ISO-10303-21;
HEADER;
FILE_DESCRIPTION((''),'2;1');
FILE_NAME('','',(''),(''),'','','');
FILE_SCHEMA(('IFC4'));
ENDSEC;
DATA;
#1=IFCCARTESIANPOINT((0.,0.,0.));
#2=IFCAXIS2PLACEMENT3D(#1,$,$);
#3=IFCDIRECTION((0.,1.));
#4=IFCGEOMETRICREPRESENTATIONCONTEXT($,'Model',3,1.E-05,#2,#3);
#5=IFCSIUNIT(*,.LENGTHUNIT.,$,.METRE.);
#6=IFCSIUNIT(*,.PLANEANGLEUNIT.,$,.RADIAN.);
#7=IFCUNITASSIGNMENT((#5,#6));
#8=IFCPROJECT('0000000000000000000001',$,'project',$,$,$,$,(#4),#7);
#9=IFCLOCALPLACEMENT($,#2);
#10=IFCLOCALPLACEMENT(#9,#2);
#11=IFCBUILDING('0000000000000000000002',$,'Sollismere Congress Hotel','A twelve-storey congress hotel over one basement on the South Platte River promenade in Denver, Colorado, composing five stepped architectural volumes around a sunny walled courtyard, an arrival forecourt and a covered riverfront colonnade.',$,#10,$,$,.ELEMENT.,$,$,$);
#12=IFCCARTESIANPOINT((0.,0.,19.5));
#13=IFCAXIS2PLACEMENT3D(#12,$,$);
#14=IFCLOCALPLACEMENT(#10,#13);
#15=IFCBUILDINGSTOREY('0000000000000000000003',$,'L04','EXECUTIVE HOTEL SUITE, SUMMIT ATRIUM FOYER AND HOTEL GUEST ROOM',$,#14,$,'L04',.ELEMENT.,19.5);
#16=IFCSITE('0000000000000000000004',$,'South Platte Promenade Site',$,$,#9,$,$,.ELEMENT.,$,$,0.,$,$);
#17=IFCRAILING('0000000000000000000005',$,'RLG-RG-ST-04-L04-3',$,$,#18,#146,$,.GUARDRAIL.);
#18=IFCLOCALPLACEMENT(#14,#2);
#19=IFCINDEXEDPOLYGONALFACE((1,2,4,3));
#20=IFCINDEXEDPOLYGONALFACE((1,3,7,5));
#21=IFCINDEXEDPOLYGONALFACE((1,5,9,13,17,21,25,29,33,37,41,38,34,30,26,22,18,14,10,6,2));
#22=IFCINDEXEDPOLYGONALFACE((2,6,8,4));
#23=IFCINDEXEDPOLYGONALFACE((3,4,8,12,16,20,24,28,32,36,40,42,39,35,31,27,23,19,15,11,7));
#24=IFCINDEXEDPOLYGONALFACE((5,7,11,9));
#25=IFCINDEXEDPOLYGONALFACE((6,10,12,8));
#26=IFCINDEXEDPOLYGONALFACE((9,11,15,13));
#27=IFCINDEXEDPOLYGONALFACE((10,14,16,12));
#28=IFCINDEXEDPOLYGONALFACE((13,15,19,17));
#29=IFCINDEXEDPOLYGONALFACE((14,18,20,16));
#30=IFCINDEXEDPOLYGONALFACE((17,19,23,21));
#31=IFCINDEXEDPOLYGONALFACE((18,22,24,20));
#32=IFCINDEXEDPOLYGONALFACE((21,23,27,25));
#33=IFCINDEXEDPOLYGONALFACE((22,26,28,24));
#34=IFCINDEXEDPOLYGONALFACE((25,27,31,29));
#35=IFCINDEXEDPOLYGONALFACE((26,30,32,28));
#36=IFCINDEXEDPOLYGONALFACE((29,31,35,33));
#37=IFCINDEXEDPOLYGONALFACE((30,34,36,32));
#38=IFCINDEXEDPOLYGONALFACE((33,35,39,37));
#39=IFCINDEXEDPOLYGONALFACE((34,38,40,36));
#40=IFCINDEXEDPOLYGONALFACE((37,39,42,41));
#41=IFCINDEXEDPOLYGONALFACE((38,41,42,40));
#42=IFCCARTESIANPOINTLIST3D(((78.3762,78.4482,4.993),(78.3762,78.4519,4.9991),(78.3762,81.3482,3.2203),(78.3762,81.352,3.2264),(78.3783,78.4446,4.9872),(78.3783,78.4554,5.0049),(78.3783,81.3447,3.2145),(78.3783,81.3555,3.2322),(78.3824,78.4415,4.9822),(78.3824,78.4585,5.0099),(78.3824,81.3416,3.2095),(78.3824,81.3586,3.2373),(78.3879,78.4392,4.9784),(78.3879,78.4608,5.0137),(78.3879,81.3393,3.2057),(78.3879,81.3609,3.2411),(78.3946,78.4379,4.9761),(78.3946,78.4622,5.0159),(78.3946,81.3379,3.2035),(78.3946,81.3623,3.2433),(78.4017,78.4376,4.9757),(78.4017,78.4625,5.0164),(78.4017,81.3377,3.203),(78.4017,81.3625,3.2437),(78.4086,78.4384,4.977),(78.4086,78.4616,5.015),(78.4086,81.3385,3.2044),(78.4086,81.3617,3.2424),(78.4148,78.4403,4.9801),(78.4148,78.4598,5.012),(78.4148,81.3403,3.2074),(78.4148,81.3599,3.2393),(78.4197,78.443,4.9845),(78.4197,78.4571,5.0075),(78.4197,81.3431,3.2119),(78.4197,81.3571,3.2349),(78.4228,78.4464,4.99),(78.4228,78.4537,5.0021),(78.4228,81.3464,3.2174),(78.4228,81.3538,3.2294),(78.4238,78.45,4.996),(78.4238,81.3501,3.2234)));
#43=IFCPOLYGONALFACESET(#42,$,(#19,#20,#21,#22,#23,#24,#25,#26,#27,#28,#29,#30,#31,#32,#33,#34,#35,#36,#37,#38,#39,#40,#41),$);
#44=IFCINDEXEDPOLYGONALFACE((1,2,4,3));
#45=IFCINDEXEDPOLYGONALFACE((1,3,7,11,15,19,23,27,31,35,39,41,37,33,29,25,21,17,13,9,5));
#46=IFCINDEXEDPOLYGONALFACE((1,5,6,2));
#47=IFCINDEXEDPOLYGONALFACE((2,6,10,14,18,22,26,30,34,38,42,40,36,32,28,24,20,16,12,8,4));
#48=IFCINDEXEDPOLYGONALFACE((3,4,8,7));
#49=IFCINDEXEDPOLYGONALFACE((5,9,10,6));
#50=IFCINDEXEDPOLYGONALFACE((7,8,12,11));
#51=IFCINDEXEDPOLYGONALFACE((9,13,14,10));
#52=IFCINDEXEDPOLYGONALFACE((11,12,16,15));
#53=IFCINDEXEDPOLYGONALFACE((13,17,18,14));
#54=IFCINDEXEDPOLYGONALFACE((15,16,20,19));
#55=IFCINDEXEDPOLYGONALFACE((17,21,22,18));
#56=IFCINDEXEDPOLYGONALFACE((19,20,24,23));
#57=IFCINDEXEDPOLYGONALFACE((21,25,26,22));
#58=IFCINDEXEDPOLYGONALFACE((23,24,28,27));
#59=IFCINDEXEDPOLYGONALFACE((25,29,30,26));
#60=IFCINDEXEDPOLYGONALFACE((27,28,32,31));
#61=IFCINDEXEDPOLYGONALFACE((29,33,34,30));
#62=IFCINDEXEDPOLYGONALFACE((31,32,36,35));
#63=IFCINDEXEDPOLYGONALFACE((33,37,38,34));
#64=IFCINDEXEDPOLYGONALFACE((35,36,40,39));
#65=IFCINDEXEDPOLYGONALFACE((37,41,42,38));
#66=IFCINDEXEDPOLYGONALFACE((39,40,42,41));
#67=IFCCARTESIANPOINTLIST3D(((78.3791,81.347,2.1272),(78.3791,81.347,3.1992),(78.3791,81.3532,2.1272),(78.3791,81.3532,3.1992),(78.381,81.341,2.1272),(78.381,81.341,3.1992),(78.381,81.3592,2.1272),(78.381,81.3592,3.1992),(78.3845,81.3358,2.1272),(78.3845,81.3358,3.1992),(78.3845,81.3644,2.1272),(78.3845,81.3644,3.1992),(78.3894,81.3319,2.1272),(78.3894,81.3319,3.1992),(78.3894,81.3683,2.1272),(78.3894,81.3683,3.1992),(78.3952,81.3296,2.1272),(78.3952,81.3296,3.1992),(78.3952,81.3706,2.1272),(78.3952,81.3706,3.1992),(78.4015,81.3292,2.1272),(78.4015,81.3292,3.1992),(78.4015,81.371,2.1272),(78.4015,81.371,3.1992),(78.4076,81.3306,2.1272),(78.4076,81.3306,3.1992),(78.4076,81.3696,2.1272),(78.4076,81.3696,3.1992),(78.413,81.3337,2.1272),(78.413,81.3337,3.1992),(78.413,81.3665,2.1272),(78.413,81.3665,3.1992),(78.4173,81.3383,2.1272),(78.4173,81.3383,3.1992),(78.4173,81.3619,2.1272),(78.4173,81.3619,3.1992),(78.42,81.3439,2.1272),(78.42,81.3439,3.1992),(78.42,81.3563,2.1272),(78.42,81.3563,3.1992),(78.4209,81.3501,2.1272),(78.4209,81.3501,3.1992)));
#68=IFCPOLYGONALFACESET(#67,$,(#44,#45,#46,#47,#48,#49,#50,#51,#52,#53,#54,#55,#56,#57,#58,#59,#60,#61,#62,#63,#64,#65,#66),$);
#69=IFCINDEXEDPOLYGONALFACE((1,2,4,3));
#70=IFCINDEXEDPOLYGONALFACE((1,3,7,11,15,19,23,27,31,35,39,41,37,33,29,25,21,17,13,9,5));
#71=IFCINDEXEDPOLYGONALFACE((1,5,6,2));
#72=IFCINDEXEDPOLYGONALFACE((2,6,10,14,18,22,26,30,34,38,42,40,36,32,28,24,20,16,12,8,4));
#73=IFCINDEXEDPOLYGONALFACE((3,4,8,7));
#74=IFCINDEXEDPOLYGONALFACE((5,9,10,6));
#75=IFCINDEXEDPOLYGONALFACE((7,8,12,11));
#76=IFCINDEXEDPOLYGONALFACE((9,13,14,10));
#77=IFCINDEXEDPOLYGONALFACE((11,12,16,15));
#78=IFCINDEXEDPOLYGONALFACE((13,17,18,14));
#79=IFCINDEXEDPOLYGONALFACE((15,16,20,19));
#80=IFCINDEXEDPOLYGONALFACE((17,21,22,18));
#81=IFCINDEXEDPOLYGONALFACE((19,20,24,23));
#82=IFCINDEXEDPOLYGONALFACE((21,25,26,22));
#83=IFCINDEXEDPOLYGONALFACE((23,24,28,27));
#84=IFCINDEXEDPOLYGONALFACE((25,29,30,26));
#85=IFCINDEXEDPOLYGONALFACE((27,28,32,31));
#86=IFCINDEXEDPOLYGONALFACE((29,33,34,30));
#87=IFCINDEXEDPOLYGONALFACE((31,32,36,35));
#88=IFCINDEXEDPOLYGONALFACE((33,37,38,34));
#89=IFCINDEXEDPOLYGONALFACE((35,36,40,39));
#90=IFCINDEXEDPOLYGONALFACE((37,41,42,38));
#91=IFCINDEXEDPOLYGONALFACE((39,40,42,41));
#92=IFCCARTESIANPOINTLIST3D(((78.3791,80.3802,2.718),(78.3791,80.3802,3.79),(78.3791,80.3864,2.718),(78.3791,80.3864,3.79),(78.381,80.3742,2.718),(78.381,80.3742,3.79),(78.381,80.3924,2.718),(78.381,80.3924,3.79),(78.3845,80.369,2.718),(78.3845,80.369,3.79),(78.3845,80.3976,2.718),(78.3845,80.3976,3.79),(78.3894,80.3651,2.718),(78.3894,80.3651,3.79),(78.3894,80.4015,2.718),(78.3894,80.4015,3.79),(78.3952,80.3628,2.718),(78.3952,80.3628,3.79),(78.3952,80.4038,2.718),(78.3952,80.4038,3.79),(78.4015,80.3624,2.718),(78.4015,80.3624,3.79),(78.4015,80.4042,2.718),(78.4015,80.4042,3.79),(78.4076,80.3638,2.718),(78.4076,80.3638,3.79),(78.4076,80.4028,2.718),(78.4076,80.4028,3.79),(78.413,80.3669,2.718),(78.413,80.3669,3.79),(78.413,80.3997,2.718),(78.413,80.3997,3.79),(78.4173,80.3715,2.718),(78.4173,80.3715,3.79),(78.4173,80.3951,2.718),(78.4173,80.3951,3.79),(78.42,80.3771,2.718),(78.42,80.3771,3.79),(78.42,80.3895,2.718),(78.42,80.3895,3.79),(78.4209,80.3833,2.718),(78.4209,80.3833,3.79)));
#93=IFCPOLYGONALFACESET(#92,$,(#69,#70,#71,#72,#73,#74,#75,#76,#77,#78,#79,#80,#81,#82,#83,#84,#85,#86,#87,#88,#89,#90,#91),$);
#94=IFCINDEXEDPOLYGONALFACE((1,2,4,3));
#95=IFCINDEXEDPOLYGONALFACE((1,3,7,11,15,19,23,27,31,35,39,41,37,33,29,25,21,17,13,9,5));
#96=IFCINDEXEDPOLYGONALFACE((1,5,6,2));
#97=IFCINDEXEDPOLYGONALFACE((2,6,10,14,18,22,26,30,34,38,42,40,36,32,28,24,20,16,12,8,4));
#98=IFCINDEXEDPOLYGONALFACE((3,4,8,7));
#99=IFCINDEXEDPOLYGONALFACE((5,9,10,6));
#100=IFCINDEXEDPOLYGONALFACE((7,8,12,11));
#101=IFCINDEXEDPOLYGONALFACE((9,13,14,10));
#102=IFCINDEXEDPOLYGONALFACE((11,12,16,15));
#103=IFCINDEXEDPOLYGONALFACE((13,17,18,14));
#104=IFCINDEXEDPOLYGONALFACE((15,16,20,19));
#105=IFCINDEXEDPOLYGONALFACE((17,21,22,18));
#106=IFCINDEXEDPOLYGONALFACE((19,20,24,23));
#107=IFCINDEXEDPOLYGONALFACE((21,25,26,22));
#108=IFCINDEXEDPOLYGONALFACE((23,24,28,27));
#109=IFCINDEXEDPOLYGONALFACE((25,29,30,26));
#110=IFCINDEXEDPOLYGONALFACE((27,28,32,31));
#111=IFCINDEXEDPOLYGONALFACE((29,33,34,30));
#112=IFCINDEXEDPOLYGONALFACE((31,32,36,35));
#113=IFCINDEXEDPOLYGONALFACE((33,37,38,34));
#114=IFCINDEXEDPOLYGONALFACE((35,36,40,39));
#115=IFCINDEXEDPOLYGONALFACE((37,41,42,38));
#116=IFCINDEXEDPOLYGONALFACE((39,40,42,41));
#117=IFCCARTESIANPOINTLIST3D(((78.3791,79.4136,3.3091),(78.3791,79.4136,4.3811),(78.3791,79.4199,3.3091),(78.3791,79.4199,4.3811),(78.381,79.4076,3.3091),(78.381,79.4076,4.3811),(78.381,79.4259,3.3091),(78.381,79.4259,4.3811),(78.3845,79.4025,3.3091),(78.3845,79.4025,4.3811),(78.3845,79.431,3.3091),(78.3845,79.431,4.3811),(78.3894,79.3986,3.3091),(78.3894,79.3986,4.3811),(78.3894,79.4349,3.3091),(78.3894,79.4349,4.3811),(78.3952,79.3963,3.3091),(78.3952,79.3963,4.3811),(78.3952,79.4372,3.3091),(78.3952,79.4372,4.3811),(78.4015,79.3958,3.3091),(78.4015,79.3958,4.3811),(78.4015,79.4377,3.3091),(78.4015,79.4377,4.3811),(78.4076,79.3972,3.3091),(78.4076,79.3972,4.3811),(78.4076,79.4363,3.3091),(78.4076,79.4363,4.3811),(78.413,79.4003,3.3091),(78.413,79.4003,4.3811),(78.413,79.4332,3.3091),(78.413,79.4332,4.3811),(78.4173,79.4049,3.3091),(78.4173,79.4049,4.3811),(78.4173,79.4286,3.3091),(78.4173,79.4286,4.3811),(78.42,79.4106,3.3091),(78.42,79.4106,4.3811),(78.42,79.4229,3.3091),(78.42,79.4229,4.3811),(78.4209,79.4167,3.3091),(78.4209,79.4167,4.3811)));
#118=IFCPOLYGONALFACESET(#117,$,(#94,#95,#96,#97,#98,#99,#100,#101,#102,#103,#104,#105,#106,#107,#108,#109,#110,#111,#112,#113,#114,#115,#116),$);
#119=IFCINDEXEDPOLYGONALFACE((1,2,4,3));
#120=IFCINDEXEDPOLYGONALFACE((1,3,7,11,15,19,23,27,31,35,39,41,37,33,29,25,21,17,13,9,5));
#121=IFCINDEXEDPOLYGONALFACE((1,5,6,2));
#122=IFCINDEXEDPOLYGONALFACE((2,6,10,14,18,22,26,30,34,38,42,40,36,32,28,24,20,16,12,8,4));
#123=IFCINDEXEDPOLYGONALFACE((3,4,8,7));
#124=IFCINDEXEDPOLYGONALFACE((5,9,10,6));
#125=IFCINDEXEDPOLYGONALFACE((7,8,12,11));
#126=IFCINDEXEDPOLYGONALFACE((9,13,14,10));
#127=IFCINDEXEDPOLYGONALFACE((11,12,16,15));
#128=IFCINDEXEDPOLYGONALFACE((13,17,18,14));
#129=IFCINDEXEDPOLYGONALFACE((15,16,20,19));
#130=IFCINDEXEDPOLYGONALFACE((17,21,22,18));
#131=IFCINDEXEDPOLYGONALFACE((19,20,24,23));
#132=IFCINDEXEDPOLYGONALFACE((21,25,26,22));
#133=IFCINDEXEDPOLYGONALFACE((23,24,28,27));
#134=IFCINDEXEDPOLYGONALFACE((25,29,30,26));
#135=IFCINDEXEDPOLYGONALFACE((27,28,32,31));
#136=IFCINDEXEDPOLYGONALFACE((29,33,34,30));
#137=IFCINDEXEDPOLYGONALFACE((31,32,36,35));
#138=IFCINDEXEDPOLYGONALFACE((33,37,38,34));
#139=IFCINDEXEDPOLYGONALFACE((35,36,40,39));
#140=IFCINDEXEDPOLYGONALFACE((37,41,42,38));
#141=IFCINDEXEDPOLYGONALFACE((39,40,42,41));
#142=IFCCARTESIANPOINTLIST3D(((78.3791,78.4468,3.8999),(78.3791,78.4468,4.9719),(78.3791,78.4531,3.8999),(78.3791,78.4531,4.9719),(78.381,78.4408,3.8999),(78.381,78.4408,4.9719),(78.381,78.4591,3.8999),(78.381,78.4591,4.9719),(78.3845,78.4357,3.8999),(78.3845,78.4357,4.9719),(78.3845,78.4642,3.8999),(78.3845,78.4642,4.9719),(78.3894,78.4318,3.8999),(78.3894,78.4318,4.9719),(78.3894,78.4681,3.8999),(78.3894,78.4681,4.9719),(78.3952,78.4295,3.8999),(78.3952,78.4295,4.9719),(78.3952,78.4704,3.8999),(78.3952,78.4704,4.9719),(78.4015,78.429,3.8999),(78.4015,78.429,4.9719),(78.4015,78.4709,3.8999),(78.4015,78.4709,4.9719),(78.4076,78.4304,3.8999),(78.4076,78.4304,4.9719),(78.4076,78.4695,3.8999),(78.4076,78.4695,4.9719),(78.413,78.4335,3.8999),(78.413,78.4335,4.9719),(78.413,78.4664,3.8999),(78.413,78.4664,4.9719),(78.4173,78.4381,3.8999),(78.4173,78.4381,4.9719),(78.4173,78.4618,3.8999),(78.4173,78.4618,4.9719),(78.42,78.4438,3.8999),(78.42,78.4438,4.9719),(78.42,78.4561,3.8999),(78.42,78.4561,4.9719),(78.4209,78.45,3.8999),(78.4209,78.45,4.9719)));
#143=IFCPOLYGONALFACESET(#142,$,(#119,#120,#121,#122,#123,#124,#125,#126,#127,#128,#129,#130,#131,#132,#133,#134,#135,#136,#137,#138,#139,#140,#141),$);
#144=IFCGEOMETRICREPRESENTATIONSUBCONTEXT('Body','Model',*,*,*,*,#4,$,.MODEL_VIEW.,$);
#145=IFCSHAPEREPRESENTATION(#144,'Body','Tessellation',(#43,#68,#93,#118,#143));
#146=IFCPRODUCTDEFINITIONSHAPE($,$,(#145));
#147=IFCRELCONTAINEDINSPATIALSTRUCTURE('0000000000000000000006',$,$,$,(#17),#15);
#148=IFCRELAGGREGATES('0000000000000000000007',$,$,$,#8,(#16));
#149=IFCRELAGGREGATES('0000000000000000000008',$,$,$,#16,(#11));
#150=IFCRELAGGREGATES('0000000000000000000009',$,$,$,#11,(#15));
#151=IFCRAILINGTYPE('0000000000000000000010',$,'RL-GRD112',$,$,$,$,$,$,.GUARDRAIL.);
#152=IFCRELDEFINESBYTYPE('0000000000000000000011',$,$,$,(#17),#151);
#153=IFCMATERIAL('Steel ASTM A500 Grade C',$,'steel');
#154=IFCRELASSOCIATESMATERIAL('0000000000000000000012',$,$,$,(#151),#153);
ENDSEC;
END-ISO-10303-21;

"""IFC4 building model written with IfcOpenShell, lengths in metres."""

from ifc_helpers import new_model, si_unit, direction, frame, origin, origin_2d, place, context, subcontext, project, spatial, circle, extrude, material, type_object, element, save


model = new_model("IFC4")

# Units and contexts
model_context = context("Model", 3, precision=1e-05, world=origin(), true_north=direction((0.0, 1.0)))
body_context = subcontext(model_context, "Body", "Model", "MODEL_VIEW")
ifc_project = project(units=[si_unit("LENGTHUNIT", "METRE"), si_unit("PLANEANGLEUNIT", "RADIAN")], contexts=[model_context])

# Site, building, storey
site_placement = place(None, origin())
site = spatial("IfcSite", under=ifc_project, at=site_placement, Name="South Platte Promenade Site", CompositionType="ELEMENT", RefElevation=0.0)
building_placement = place(site_placement, origin())
building = spatial("IfcBuilding", under=site, at=building_placement, Name="Sollismere Congress Hotel", Description="A twelve-storey congress hotel over one basement on the South Platte River promenade in Denver, Colorado, composing five stepped architectural volumes around a sunny walled courtyard, an arrival forecourt and a covered riverfront colonnade.", CompositionType="ELEMENT")
storey_placement = place(building_placement, frame((0.0, 0.0, 19.5)))
storey = spatial("IfcBuildingStorey", under=building, at=storey_placement, Name="L04", Description="EXECUTIVE HOTEL SUITE, SUMMIT ATRIUM FOYER AND HOTEL GUEST ROOM", LongName="L04", CompositionType="ELEMENT", Elevation=19.5)

# Railing
ifc_material_1 = material(Name="Steel ASTM A500 Grade C", Category="steel")
railing_type_1 = type_object("IfcRailingType", Name="RL-GRD112", PredefinedType="GUARDRAIL", material=ifc_material_1)
railing_1_placement = place(storey_placement, frame((78.3999, 81.3501, 2.1272)))
element("IfcRailing", 1, at=railing_1_placement, inside=storey, type_object=railing_type_1, Name="RLG-RG-ST-04-L04-3", PredefinedType="GUARDRAIL", context=body_context, shape_type="SweptSolid", body=[
    extrude(circle(Radius=0.0239, at=origin_2d()), frame((0.0, 0.0, 1.0962), z_axis=(0.0, -0.85323, 0.521534), x_axis=(1.0, 0.0, 0.0)), (0.0, 0.0, 1.0), 3.3989),
    extrude(circle(Radius=0.021, at=origin_2d()), origin(), (0.0, 0.0, 1.0), 1.072),
    extrude(circle(Radius=0.021, at=origin_2d()), frame((0.0, -0.9668, 0.5908)), (0.0, 0.0, 1.0), 1.072),
    extrude(circle(Radius=0.021, at=origin_2d()), frame((0.0, -1.9333, 1.1819)), (0.0, 0.0, 1.0), 1.072),
    extrude(circle(Radius=0.021, at=origin_2d()), frame((0.0, -2.9001, 1.7727)), (0.0, 0.0, 1.0), 1.072),
])

save(model, "model.ifc")
